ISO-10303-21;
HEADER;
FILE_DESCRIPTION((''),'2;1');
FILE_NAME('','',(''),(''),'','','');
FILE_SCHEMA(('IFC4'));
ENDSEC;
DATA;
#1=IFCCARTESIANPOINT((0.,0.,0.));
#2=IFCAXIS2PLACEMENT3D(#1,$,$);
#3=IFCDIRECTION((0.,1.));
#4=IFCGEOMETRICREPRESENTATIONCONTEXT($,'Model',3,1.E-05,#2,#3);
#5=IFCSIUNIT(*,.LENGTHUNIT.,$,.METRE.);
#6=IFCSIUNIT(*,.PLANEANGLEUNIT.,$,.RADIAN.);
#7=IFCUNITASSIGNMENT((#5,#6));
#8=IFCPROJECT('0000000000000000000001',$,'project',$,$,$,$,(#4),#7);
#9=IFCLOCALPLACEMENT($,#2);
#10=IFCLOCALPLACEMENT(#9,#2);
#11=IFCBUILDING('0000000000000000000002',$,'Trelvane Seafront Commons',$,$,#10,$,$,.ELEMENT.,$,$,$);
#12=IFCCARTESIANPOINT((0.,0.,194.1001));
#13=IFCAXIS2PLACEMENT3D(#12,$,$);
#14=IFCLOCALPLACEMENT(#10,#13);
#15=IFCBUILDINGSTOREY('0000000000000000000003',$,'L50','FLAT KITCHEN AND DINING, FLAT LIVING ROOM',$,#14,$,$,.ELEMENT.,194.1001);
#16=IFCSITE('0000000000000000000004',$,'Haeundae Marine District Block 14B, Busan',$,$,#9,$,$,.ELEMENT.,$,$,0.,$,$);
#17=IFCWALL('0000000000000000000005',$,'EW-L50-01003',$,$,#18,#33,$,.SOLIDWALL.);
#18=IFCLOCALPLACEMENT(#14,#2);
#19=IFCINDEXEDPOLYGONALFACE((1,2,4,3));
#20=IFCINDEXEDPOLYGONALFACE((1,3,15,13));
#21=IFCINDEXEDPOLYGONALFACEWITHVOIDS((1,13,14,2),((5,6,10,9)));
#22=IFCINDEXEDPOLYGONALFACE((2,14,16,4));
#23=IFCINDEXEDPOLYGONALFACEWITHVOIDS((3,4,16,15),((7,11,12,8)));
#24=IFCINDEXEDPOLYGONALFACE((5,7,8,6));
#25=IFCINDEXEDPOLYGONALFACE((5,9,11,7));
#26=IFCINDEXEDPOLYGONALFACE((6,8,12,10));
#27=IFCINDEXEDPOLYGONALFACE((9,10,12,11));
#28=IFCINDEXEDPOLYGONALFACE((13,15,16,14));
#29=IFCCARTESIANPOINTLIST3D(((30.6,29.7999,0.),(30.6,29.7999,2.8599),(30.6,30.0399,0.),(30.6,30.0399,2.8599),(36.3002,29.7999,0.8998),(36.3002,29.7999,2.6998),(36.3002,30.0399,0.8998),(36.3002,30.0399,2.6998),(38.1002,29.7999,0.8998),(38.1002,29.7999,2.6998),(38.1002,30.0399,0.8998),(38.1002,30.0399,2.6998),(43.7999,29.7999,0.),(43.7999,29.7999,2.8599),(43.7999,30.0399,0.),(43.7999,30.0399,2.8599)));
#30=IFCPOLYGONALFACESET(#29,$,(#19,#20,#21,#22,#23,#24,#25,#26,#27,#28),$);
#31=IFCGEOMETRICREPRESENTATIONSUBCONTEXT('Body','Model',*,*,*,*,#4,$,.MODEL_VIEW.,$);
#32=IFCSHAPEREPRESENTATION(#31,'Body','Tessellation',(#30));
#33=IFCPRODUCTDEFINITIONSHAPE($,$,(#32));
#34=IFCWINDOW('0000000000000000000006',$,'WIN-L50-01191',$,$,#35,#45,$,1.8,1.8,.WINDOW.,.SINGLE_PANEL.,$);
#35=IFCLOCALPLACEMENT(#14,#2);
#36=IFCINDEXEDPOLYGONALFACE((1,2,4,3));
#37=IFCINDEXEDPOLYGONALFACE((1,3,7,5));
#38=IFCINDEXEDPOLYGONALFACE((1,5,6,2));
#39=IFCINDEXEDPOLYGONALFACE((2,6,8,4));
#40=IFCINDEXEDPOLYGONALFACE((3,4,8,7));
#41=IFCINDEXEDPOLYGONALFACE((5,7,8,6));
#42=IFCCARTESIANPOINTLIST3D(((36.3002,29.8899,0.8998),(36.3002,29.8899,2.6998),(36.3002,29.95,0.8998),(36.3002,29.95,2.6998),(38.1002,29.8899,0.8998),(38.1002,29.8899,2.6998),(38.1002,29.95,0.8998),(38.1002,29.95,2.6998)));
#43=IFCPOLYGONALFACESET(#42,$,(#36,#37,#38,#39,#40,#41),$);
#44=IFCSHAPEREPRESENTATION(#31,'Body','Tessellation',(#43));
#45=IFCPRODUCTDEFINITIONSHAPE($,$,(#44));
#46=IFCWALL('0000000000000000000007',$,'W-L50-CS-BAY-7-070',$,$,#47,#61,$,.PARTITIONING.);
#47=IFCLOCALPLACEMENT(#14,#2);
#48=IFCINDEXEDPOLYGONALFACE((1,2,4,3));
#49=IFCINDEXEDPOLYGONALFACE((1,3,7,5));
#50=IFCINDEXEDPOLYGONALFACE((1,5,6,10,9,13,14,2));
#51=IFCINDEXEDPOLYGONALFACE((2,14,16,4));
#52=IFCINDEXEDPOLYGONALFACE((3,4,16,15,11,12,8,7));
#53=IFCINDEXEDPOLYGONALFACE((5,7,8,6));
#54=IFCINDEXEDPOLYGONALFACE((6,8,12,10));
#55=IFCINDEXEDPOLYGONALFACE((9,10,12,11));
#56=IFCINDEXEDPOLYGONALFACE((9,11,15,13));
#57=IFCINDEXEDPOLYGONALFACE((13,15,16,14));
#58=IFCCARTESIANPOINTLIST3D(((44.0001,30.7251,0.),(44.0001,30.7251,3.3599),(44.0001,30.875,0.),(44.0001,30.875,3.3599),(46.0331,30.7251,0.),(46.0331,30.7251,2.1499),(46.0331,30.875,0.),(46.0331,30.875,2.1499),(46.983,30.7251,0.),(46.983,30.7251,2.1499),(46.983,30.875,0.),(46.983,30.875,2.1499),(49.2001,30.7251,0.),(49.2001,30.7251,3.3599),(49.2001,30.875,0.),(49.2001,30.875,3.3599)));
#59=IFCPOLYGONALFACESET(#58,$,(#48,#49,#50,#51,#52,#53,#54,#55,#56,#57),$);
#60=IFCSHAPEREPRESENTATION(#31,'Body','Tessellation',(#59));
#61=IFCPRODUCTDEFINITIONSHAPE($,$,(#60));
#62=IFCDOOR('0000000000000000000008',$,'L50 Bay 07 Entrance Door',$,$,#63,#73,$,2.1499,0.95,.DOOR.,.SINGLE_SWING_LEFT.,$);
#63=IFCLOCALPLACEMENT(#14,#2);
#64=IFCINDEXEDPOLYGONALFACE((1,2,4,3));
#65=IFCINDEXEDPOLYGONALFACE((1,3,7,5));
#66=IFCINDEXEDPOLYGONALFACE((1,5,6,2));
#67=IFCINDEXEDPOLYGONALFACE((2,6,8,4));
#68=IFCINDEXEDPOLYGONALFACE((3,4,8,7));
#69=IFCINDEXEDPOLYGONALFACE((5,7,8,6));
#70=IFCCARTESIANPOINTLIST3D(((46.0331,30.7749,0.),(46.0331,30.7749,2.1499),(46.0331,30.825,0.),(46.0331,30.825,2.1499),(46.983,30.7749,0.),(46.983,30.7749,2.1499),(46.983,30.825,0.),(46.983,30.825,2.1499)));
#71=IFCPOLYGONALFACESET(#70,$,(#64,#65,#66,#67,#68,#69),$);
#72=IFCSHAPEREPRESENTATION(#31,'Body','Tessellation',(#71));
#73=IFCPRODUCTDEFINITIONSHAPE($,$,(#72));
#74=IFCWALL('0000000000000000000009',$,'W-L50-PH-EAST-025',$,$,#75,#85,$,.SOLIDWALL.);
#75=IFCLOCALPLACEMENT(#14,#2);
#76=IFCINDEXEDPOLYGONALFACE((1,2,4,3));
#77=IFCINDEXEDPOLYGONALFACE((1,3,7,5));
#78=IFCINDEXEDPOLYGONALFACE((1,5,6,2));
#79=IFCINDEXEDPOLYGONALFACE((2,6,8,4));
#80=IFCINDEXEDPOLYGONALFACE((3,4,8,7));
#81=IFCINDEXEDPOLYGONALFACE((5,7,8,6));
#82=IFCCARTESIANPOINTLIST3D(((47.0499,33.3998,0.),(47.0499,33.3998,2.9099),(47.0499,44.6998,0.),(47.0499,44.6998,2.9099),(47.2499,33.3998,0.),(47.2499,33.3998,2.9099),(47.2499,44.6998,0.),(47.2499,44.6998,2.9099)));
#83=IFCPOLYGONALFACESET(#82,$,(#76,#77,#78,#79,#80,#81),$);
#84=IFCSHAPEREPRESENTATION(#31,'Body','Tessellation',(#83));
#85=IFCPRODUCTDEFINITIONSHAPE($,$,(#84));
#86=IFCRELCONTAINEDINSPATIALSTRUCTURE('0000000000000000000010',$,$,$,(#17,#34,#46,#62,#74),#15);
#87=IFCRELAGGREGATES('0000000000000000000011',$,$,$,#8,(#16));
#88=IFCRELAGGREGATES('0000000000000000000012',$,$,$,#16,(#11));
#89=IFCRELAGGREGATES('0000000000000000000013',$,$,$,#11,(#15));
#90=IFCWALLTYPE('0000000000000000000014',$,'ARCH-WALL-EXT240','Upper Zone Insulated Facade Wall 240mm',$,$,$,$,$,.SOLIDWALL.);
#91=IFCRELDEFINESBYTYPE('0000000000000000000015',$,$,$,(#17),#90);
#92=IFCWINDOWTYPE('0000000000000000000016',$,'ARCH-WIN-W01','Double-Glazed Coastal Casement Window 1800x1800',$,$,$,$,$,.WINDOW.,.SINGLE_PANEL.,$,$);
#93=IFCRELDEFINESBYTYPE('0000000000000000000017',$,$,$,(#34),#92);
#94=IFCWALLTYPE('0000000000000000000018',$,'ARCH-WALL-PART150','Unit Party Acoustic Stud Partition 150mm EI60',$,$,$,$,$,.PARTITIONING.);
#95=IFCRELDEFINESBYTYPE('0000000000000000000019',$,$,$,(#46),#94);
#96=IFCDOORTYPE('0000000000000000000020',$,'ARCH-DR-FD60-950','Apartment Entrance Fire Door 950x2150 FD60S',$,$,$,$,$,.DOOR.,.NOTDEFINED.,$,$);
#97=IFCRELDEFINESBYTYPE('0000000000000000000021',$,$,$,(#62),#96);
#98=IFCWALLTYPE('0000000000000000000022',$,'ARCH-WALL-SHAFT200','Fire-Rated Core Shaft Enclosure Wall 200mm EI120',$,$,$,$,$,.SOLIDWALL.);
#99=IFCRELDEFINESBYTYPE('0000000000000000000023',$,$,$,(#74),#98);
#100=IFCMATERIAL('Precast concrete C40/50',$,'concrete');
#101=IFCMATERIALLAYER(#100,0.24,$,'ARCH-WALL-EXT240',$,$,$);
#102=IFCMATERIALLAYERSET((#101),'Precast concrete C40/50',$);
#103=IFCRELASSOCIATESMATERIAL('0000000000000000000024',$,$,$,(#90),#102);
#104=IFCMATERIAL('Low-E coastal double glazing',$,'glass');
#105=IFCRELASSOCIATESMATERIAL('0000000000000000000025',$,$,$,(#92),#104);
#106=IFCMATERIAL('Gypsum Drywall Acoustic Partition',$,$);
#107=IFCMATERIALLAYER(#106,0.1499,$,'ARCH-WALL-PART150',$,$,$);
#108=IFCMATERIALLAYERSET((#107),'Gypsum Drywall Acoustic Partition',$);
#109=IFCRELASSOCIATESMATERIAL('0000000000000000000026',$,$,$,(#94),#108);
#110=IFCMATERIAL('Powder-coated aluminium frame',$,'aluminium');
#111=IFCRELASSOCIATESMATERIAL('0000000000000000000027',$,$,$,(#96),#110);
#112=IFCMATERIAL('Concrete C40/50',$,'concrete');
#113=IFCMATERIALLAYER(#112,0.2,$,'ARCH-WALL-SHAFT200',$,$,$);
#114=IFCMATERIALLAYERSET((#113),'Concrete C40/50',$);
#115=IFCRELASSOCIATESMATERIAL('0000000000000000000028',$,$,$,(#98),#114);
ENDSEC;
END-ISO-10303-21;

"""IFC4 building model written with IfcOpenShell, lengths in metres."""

from ifc_helpers import new_model, si_unit, direction, frame, frame_2d, origin, place, context, subcontext, project, spatial, rectangle, extrude, source, transform, mapped, material, layer, layer_set, type_object, element, fill, save


model = new_model("IFC4")

# Units and contexts
model_context = context("Model", 3, precision=1e-05, world=origin(), true_north=direction((0.0, 1.0)))
body_context = subcontext(model_context, "Body", "Model", "MODEL_VIEW")
ifc_project = project(units=[si_unit("LENGTHUNIT", "METRE"), si_unit("PLANEANGLEUNIT", "RADIAN")], contexts=[model_context])

# Site, building, storey
site_placement = place(None, origin())
site = spatial("IfcSite", under=ifc_project, at=site_placement, Name="Haeundae Marine District Block 14B, Busan", CompositionType="ELEMENT", RefElevation=0.0)
building_placement = place(site_placement, origin())
building = spatial("IfcBuilding", under=site, at=building_placement, Name="Trelvane Seafront Commons", CompositionType="ELEMENT")
storey_placement = place(building_placement, frame((0.0, 0.0, 194.1001)))
storey = spatial("IfcBuildingStorey", under=building, at=storey_placement, Name="L50", Description="FLAT KITCHEN AND DINING, FLAT LIVING ROOM", CompositionType="ELEMENT", Elevation=194.1001)

# Shared definitions
ifc_material_1 = material(Name="Low-E coastal double glazing", Category="glass")

# Wall, opening, window
ifc_material_2 = material(Name="Precast concrete C40/50", Category="concrete")
ifc_layer_1 = layer(ifc_material_2, 0.24, Name="ARCH-WALL-EXT240")
ifc_layer_set_1 = layer_set([ifc_layer_1], Name="Precast concrete C40/50")
wall_type_1 = type_object("IfcWallType", Name="ARCH-WALL-EXT240", Description="Upper Zone Insulated Facade Wall 240mm", PredefinedType="SOLIDWALL", material=ifc_layer_set_1)
wall_1_placement = place(storey_placement, frame((43.8, 29.9199, 0.0), z_axis=(0.0, 0.0, 1.0), x_axis=(-1.0, 0.0, 0.0)))
wall_1 = element("IfcWall", 1, at=wall_1_placement, inside=storey, type_object=wall_type_1, Name="EW-L50-01003", PredefinedType="SOLIDWALL", context=body_context, shape_type="SweptSolid", body=[
    extrude(rectangle(XDim=13.2, YDim=0.24, at=frame_2d((6.6001, 0.0))), origin(), (0.0, 0.0, 1.0), 2.8599),
])
opening_1_placement = place(wall_1_placement, frame((5.7, 0.0, 0.8999)))
opening_1 = element("IfcOpeningElement", 2, at=opening_1_placement, cuts=wall_1, PredefinedType="OPENING", context=body_context, shape_type="SweptSolid", body=[
    extrude(rectangle(XDim=1.8, YDim=1.8, at=frame_2d((0.8999, 0.8999))), frame((0.0, 0.1299, 0.0), z_axis=(0.0, -1.0, 0.0), x_axis=(1.0, 0.0, 0.0)), (0.0, 0.0, 1.0), 0.26),
])
window_type = type_object("IfcWindowType", Name="ARCH-WIN-W01", Description="Double-Glazed Coastal Casement Window 1800x1800", PartitioningType="SINGLE_PANEL", PredefinedType="WINDOW", material=ifc_material_1)
shared_shape_1 = source(origin(), body_context, "Body", "SweptSolid", [
    extrude(rectangle(XDim=1.8, YDim=1.8, at=frame_2d((0.8999, 0.8999))), frame((0.0, 0.03, 0.0), z_axis=(0.0, -1.0, 0.0), x_axis=(1.0, 0.0, 0.0)), (0.0, 0.0, 1.0), 0.0601),
])
window_placement = place(opening_1_placement, origin())
window = element("IfcWindow", 3, at=window_placement, inside=storey, type_object=window_type, Name="WIN-L50-01191", OverallHeight=1.8, OverallWidth=1.8, PartitioningType="SINGLE_PANEL", PredefinedType="WINDOW", context=body_context, shape_type="MappedRepresentation", body=[
    mapped(shared_shape_1, transform((0.0, 0.0, 0.0), x_axis=(1.0, 0.0, 0.0), y_axis=(0.0, 1.0, 0.0), z_axis=(0.0, 0.0, 1.0), scale=1.0)),
])
fill(opening_1, window)

# Wall, opening, door
ifc_material_3 = material(Name="Gypsum Drywall Acoustic Partition")
ifc_layer_2 = layer(ifc_material_3, 0.1499, Name="ARCH-WALL-PART150")
ifc_layer_set_2 = layer_set([ifc_layer_2], Name="Gypsum Drywall Acoustic Partition")
wall_type_2 = type_object("IfcWallType", Name="ARCH-WALL-PART150", Description="Unit Party Acoustic Stud Partition 150mm EI60", PredefinedType="PARTITIONING", material=ifc_layer_set_2)
wall_2_placement = place(storey_placement, frame((44.0, 30.8, 0.0), z_axis=(0.0, 0.0, 1.0), x_axis=(1.0, 0.0, 0.0)))
wall_2 = element("IfcWall", 4, at=wall_2_placement, inside=storey, type_object=wall_type_2, Name="W-L50-CS-BAY-7-070", PredefinedType="PARTITIONING", context=body_context, shape_type="SweptSolid", body=[
    extrude(rectangle(XDim=5.2, YDim=0.1499, at=frame_2d((2.6001, 0.0))), origin(), (0.0, 0.0, 1.0), 3.3599),
])
opening_2_placement = place(wall_2_placement, frame((2.033, 0.0, 0.0)))
opening_2 = element("IfcOpeningElement", 5, at=opening_2_placement, cuts=wall_2, PredefinedType="OPENING", context=body_context, shape_type="SweptSolid", body=[
    extrude(rectangle(XDim=0.95, YDim=2.1499, at=frame_2d((0.4751, 1.075))), frame((0.0, 0.085, 0.0), z_axis=(0.0, -1.0, 0.0), x_axis=(1.0, 0.0, 0.0)), (0.0, 0.0, 1.0), 0.1699),
])
ifc_material_4 = material(Name="Powder-coated aluminium frame", Category="aluminium")
door_type = type_object("IfcDoorType", Name="ARCH-DR-FD60-950", Description="Apartment Entrance Fire Door 950x2150 FD60S", OperationType="NOTDEFINED", PredefinedType="DOOR", material=ifc_material_4)
shared_shape_2 = source(origin(), body_context, "Body", "SweptSolid", [
    extrude(rectangle(XDim=0.95, YDim=2.1499, at=frame_2d((0.4751, 1.075))), frame((0.0, 0.0249, 0.0), z_axis=(0.0, -1.0, 0.0), x_axis=(1.0, 0.0, 0.0)), (0.0, 0.0, 1.0), 0.05),
])
door_1_placement = place(opening_2_placement, origin())
door_1 = element("IfcDoor", 6, at=door_1_placement, inside=storey, type_object=door_type, Name="L50 Bay 07 Entrance Door", OperationType="SINGLE_SWING_LEFT", OverallHeight=2.1499, OverallWidth=0.95, PredefinedType="DOOR", context=body_context, shape_type="MappedRepresentation", body=[
    mapped(shared_shape_2, transform((0.0, 0.0, 0.0), x_axis=(1.0, 0.0, 0.0), y_axis=(0.0, 1.0, 0.0), z_axis=(0.0, 0.0, 1.0), scale=1.0)),
])
fill(opening_2, door_1)

# Wall
ifc_material_5 = material(Name="Concrete C40/50", Category="concrete")
ifc_layer_3 = layer(ifc_material_5, 0.2, Name="ARCH-WALL-SHAFT200")
ifc_layer_set_3 = layer_set([ifc_layer_3], Name="Concrete C40/50")
wall_type_3 = type_object("IfcWallType", Name="ARCH-WALL-SHAFT200", Description="Fire-Rated Core Shaft Enclosure Wall 200mm EI120", PredefinedType="SOLIDWALL", material=ifc_layer_set_3)
wall_3_placement = place(storey_placement, frame((47.1499, 33.3999, 0.0), z_axis=(0.0, 0.0, 1.0), x_axis=(0.0, 1.0, 0.0)))
element("IfcWall", 7, at=wall_3_placement, inside=storey, type_object=wall_type_3, Name="W-L50-PH-EAST-025", PredefinedType="SOLIDWALL", context=body_context, shape_type="SweptSolid", body=[
    extrude(rectangle(XDim=11.3, YDim=0.2, at=frame_2d((5.6499, 0.0))), origin(), (0.0, 0.0, 1.0), 2.9099),
])

save(model, "model.ifc")
